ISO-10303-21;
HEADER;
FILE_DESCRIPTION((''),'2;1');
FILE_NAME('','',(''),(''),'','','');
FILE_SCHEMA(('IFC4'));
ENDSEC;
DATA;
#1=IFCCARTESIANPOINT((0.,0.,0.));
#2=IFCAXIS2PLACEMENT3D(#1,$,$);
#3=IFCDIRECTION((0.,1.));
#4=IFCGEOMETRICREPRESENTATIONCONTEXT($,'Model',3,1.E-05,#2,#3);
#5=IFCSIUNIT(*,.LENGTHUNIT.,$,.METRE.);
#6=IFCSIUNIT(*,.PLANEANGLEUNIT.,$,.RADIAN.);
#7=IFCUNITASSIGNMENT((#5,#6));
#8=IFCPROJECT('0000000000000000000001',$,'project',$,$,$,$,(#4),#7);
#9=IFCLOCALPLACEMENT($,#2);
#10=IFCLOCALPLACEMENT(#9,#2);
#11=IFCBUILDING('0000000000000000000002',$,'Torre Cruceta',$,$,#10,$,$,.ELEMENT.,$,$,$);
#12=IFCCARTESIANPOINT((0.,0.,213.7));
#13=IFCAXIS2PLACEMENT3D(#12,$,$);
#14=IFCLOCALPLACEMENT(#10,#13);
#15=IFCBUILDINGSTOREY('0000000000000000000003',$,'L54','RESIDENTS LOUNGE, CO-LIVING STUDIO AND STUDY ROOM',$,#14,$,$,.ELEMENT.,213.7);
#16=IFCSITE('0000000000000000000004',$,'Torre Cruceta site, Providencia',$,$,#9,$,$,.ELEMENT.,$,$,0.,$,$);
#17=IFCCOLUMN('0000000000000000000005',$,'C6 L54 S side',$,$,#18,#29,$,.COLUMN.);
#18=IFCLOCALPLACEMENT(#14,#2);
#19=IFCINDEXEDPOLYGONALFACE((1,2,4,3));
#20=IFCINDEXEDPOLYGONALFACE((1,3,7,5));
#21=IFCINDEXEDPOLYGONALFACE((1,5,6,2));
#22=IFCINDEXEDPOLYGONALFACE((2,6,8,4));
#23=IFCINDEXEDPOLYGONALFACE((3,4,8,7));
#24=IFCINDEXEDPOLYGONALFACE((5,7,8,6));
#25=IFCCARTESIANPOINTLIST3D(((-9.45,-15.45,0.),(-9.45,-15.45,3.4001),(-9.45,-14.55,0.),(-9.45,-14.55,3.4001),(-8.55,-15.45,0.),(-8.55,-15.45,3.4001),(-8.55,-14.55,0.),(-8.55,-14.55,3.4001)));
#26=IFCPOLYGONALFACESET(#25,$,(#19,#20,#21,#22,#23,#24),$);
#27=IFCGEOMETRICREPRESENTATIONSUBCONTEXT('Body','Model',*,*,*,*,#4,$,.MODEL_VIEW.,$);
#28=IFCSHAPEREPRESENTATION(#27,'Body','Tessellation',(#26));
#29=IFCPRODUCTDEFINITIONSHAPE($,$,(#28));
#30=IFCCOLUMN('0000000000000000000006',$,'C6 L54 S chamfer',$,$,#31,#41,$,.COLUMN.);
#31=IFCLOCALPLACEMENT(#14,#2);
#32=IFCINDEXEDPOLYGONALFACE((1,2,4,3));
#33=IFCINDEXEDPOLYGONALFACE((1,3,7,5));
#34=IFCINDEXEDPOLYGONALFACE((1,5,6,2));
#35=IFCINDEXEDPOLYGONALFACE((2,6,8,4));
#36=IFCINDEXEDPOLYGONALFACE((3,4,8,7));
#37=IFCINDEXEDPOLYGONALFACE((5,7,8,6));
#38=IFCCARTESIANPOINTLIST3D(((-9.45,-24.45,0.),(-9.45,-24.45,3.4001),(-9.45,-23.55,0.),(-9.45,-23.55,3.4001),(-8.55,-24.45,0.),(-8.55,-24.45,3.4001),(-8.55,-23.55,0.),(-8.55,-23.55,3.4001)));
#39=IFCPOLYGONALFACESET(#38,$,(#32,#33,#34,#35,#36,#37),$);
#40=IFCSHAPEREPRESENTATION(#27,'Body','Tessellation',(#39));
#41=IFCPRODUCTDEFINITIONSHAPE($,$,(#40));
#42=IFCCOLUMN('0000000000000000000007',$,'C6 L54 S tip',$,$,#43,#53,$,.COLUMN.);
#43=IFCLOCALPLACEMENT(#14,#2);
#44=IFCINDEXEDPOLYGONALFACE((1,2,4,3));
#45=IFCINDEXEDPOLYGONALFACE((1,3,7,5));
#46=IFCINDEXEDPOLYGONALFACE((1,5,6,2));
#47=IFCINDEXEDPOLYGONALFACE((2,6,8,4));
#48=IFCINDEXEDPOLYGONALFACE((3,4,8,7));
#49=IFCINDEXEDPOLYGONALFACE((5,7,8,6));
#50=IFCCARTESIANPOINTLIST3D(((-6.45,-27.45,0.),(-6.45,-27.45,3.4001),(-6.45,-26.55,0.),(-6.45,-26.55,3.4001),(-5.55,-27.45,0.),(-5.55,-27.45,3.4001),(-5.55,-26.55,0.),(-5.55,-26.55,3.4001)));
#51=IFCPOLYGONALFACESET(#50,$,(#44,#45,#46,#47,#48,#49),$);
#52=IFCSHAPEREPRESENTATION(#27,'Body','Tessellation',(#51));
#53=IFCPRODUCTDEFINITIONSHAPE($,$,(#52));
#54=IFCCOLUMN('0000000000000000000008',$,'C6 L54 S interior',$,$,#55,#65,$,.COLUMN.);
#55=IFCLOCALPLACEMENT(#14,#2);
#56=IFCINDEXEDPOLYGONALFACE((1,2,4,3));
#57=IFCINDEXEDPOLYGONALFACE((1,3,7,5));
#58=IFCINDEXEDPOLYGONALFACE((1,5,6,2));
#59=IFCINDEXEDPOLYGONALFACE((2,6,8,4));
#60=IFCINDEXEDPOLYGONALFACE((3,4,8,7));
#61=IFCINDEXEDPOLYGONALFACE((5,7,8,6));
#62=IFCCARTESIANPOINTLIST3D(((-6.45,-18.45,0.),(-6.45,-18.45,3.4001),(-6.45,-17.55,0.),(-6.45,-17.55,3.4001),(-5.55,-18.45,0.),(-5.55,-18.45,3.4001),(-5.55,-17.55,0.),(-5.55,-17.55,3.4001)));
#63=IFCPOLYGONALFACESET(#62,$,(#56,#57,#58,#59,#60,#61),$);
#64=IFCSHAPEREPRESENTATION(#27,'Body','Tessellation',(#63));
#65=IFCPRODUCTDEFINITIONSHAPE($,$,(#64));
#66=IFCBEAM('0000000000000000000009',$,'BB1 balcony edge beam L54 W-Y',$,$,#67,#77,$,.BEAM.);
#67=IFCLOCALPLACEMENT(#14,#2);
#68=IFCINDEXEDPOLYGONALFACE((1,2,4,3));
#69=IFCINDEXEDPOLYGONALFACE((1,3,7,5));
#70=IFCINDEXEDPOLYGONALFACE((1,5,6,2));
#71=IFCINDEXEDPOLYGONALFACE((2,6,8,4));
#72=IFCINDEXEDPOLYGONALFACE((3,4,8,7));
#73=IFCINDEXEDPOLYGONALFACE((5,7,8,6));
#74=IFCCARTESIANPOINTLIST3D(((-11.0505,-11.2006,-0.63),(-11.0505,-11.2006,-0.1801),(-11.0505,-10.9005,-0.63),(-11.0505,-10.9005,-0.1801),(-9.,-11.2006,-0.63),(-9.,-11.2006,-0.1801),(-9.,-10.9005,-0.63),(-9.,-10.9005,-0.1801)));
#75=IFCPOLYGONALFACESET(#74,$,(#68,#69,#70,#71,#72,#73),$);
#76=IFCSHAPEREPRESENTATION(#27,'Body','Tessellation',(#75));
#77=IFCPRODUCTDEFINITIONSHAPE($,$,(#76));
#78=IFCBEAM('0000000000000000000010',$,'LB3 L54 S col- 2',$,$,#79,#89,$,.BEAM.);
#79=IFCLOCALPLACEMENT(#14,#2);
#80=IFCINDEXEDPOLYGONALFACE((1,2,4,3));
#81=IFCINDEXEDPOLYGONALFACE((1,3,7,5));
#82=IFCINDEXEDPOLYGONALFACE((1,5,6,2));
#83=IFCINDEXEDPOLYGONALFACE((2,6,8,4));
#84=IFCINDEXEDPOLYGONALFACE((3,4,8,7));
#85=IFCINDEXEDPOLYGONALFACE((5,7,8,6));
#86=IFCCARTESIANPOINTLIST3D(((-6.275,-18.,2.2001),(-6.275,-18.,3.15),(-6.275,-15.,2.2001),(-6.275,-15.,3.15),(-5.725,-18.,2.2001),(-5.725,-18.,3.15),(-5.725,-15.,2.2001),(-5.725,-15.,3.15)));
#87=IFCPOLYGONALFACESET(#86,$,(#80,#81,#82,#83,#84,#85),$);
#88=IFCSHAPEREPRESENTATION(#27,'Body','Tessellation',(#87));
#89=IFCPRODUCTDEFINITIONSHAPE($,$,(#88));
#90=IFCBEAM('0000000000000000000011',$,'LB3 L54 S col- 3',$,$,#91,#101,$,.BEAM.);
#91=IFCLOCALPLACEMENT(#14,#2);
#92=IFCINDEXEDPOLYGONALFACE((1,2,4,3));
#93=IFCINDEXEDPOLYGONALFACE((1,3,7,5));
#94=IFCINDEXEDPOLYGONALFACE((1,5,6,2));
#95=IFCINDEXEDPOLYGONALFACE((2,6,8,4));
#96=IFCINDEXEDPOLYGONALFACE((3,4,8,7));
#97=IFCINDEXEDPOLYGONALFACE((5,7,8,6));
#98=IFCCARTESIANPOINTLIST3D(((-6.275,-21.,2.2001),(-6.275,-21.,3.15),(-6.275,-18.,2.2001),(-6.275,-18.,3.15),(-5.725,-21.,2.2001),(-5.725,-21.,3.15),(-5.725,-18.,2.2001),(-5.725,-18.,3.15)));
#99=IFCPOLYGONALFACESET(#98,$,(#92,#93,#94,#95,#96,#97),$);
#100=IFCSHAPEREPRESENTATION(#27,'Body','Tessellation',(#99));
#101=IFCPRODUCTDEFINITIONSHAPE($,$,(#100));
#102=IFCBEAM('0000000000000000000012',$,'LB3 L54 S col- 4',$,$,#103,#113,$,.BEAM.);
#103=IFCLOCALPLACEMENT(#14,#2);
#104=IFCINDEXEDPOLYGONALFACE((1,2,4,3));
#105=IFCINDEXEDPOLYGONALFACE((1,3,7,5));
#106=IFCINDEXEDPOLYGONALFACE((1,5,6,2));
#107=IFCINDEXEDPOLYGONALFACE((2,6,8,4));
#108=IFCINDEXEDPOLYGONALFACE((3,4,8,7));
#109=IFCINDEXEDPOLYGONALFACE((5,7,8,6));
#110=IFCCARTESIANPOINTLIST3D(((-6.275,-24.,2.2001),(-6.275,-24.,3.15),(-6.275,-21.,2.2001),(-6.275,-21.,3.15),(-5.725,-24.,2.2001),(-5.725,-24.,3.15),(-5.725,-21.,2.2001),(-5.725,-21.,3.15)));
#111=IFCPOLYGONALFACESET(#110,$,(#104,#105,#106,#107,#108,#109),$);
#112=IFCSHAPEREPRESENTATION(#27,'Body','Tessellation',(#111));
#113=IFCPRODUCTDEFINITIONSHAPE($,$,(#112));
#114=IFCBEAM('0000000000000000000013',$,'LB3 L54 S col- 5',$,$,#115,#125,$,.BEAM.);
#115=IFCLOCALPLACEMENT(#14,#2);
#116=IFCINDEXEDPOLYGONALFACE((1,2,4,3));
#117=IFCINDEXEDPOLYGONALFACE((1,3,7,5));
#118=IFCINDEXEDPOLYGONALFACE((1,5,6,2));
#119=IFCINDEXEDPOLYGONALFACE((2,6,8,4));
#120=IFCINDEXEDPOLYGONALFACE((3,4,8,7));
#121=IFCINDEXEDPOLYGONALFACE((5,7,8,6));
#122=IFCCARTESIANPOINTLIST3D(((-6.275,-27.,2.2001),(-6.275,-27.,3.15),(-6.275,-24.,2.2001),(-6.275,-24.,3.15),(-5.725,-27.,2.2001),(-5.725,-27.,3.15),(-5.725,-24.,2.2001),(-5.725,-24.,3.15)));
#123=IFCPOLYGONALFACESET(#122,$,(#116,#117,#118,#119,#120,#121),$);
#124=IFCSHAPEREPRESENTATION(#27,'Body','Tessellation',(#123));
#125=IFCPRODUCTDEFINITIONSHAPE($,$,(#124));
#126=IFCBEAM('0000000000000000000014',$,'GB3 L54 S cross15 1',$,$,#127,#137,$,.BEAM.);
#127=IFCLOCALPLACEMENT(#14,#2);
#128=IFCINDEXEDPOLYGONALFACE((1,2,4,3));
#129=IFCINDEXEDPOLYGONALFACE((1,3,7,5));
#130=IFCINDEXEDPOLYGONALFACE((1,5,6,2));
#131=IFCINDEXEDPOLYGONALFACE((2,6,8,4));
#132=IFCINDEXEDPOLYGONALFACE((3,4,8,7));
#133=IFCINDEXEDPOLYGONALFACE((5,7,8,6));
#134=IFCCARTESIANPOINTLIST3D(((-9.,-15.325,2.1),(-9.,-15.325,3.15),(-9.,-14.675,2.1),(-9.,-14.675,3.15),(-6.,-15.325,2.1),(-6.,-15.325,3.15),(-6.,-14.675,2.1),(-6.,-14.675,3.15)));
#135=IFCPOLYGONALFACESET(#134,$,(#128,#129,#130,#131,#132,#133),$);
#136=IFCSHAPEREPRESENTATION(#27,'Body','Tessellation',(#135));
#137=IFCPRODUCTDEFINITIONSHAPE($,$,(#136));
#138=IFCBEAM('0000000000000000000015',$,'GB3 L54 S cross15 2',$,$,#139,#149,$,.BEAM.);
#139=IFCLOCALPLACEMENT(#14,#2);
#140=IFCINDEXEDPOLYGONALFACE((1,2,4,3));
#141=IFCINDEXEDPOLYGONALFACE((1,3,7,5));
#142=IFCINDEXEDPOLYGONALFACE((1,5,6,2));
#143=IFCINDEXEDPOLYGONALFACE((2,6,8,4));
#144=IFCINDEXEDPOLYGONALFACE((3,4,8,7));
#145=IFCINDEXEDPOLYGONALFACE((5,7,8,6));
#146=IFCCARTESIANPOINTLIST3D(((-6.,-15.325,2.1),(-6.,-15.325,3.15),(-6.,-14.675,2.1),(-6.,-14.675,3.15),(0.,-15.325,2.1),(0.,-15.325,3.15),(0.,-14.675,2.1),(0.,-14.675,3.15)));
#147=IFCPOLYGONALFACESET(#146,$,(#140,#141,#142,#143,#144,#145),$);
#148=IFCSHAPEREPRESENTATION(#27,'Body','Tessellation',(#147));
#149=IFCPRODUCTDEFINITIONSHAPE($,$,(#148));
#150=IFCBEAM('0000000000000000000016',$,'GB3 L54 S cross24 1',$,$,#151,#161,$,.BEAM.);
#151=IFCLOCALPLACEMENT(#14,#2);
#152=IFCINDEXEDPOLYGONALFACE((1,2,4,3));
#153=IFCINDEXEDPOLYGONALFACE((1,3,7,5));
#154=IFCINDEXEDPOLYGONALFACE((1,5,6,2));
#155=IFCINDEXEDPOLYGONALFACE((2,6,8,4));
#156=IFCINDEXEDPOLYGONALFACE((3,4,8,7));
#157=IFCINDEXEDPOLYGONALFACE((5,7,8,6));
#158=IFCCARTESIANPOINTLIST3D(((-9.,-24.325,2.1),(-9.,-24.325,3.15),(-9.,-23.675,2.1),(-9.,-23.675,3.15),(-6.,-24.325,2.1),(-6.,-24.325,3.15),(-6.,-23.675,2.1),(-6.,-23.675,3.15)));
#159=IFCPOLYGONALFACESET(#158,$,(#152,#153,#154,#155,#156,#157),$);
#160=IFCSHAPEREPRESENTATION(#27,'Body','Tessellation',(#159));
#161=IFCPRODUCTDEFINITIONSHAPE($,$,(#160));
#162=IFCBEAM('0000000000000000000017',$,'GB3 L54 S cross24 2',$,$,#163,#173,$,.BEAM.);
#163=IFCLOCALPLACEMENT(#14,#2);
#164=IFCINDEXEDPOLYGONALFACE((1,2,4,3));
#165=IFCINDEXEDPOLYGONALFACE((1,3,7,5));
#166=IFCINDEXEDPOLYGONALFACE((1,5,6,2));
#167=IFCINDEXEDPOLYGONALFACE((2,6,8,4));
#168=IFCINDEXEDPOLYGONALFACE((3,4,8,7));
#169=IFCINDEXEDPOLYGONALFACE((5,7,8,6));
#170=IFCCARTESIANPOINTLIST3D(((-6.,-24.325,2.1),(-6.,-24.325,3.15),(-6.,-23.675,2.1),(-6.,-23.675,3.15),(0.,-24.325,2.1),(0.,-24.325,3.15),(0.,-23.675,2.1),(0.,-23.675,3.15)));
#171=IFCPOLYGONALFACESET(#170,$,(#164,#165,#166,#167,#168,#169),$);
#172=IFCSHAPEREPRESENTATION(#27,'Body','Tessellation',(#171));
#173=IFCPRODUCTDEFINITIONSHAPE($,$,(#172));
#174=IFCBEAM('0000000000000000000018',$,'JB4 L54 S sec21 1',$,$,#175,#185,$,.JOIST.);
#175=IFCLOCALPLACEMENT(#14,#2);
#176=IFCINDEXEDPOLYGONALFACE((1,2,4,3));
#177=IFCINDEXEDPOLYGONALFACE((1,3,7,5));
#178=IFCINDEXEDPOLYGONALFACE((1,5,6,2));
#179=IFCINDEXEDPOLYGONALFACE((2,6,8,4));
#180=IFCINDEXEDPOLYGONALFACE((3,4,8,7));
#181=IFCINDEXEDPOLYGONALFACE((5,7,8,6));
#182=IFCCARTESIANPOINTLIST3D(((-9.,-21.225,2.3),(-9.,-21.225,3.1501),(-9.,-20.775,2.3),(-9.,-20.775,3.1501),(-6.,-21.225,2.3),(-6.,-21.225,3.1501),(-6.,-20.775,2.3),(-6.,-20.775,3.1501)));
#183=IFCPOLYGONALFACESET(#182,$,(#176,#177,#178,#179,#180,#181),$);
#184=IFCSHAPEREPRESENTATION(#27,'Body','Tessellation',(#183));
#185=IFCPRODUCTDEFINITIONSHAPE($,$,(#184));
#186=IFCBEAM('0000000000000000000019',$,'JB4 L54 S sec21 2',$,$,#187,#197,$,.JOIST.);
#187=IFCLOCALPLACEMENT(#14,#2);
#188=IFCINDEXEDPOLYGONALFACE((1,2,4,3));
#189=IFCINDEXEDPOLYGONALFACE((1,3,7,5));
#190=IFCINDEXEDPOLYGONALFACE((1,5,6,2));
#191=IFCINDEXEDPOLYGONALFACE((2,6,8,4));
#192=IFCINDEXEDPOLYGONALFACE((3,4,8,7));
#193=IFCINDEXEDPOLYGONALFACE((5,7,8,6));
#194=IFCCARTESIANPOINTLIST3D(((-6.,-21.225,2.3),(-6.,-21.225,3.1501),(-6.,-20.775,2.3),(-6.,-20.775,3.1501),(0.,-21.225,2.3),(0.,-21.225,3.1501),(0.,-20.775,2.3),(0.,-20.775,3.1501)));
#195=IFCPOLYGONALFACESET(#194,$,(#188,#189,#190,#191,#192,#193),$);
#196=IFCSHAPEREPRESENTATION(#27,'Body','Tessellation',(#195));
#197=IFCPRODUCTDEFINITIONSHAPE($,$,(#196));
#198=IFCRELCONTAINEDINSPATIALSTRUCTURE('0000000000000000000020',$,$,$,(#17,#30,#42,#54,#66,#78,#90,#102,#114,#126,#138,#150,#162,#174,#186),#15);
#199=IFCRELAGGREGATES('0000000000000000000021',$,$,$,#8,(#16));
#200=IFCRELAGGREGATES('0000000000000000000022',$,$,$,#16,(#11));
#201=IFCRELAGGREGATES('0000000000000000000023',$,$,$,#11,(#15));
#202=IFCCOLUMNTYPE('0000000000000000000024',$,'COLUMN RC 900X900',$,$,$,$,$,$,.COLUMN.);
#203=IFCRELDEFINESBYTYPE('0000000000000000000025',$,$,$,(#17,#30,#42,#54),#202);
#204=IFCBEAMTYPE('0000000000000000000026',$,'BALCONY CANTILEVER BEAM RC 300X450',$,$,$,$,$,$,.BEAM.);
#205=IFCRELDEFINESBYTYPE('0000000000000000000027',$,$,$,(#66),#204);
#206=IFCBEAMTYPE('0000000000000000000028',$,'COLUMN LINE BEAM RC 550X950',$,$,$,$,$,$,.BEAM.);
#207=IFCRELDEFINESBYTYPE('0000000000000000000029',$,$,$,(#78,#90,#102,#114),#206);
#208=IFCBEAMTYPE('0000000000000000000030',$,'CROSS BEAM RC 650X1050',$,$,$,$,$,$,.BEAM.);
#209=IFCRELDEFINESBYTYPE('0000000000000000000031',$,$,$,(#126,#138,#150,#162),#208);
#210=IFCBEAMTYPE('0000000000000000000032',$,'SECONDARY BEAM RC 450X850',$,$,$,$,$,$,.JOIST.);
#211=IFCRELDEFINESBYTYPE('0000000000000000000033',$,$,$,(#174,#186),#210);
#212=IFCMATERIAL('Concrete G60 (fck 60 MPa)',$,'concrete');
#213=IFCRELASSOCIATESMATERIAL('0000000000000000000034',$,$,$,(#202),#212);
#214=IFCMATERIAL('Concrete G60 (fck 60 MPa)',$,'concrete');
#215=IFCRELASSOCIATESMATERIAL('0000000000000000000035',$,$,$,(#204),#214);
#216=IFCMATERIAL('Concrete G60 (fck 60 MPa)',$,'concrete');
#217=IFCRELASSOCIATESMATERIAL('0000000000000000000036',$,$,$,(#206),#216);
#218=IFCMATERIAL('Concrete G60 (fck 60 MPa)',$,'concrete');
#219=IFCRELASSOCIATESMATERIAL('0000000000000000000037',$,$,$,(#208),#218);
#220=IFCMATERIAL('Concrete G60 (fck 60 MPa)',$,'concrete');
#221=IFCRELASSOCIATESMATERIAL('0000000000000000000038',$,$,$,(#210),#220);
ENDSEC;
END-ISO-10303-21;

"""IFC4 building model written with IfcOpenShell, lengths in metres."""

from ifc_helpers import new_model, si_unit, direction, frame, origin, origin_2d, place, context, subcontext, project, spatial, rectangle, extrude, material, material_profile, profile_set, type_object, element, save


model = new_model("IFC4")

# Units and contexts
model_context = context("Model", 3, precision=1e-05, world=origin(), true_north=direction((0.0, 1.0)))
body_context = subcontext(model_context, "Body", "Model", "MODEL_VIEW")
ifc_project = project(units=[si_unit("LENGTHUNIT", "METRE"), si_unit("PLANEANGLEUNIT", "RADIAN")], contexts=[model_context])

# Site, building, storey
site_placement = place(None, origin())
site = spatial("IfcSite", under=ifc_project, at=site_placement, Name="Torre Cruceta site, Providencia", CompositionType="ELEMENT", RefElevation=0.0)
building_placement = place(site_placement, origin())
building = spatial("IfcBuilding", under=site, at=building_placement, Name="Torre Cruceta", CompositionType="ELEMENT")
storey_placement = place(building_placement, frame((0.0, 0.0, 213.7)))
storey = spatial("IfcBuildingStorey", under=building, at=storey_placement, Name="L54", Description="RESIDENTS LOUNGE, CO-LIVING STUDIO AND STUDY ROOM", CompositionType="ELEMENT", Elevation=213.7)

# Columns
ifc_material_1 = material(Name="Concrete G60 (fck 60 MPa)", Category="concrete")
ifc_material_profile_1 = material_profile(ifc_material_1, rectangle(XDim=0.8999, YDim=0.8999, at=origin_2d()), Name="RC 900X900")
ifc_profile_set_1 = profile_set([ifc_material_profile_1], Name="Concrete G60 (fck 60 MPa)")
column_type = type_object("IfcColumnType", Name="COLUMN RC 900X900", PredefinedType="COLUMN", material=ifc_profile_set_1)
for number, where, z_axis, x_axis, name in (
    (1, (-9.0, -15.0, 0.0), (0.0, 0.0, 1.0), (1.0, 0.0, 0.0), "C6 L54 S side"),
    (2, (-9.0, -24.0, 0.0), (0.0, 0.0, 1.0), (1.0, 0.0, 0.0), "C6 L54 S chamfer"),
    (3, (-6.0, -27.0, 0.0), (0.0, 0.0, 1.0), (1.0, 0.0, 0.0), "C6 L54 S tip"),
    (4, (-6.0, -18.0, 0.0), (0.0, 0.0, 1.0), (1.0, 0.0, 0.0), "C6 L54 S interior"),
):
    element("IfcColumn", number, at=place(storey_placement, frame(where, z_axis=z_axis, x_axis=x_axis)), inside=storey, type_object=column_type, Name=name, PredefinedType="COLUMN", context=body_context, shape_type="SweptSolid", body=[
        extrude(rectangle(XDim=0.8999, YDim=0.8999, at=origin_2d()), origin(), (0.0, 0.0, 1.0), 3.4001),
    ])

# Beams
ifc_material_2 = material(Name="Concrete G60 (fck 60 MPa)", Category="concrete")
ifc_material_profile_2 = material_profile(ifc_material_2, rectangle(XDim=0.3, YDim=0.45, at=origin_2d()), Name="RC 300X450")
ifc_profile_set_2 = profile_set([ifc_material_profile_2], Name="Concrete G60 (fck 60 MPa)")
beam_type_1 = type_object("IfcBeamType", Name="BALCONY CANTILEVER BEAM RC 300X450", PredefinedType="BEAM", material=ifc_profile_set_2)
beam_1_placement = place(storey_placement, frame((-9.0, -11.0505, -0.405), z_axis=(-1.0, 0.0, 0.0), x_axis=(0.0, -1.0, 0.0)))
element("IfcBeam", 5, at=beam_1_placement, inside=storey, type_object=beam_type_1, Name="BB1 balcony edge beam L54 W-Y", PredefinedType="BEAM", context=body_context, shape_type="SweptSolid", body=[
    extrude(rectangle(XDim=0.3, YDim=0.45, at=origin_2d()), origin(), (0.0, 0.0, 1.0), 2.0505),
])
ifc_material_3 = material(Name="Concrete G60 (fck 60 MPa)", Category="concrete")
ifc_material_profile_3 = material_profile(ifc_material_3, rectangle(XDim=0.55, YDim=0.95, at=origin_2d()), Name="RC 550X950")
ifc_profile_set_3 = profile_set([ifc_material_profile_3], Name="Concrete G60 (fck 60 MPa)")
beam_type_2 = type_object("IfcBeamType", Name="COLUMN LINE BEAM RC 550X950", PredefinedType="BEAM", material=ifc_profile_set_3)
for number, where, z_axis, x_axis, name in (
    (6, (-6.0, -15.0, 2.675), (0.0, -1.0, 0.0), (1.0, 0.0, 0.0), "LB3 L54 S col- 2"),
    (7, (-6.0, -18.0, 2.675), (0.0, -1.0, 0.0), (1.0, 0.0, 0.0), "LB3 L54 S col- 3"),
    (8, (-6.0, -21.0, 2.675), (0.0, -1.0, 0.0), (1.0, 0.0, 0.0), "LB3 L54 S col- 4"),
    (9, (-6.0, -24.0, 2.675), (0.0, -1.0, 0.0), (1.0, 0.0, 0.0), "LB3 L54 S col- 5"),
):
    element("IfcBeam", number, at=place(storey_placement, frame(where, z_axis=z_axis, x_axis=x_axis)), inside=storey, type_object=beam_type_2, Name=name, PredefinedType="BEAM", context=body_context, shape_type="SweptSolid", body=[
        extrude(rectangle(XDim=0.55, YDim=0.95, at=origin_2d()), origin(), (0.0, 0.0, 1.0), 3.0),
    ])
ifc_material_4 = material(Name="Concrete G60 (fck 60 MPa)", Category="concrete")
ifc_material_profile_4 = material_profile(ifc_material_4, rectangle(XDim=0.6499, YDim=1.05, at=origin_2d()), Name="RC 650X1050")
ifc_profile_set_4 = profile_set([ifc_material_profile_4], Name="Concrete G60 (fck 60 MPa)")
beam_type_3 = type_object("IfcBeamType", Name="CROSS BEAM RC 650X1050", PredefinedType="BEAM", material=ifc_profile_set_4)
beam_2_placement = place(storey_placement, frame((-9.0, -15.0, 2.625), z_axis=(1.0, 0.0, 0.0), x_axis=(0.0, 1.0, 0.0)))
element("IfcBeam", 10, at=beam_2_placement, inside=storey, type_object=beam_type_3, Name="GB3 L54 S cross15 1", PredefinedType="BEAM", context=body_context, shape_type="SweptSolid", body=[
    extrude(rectangle(XDim=0.6499, YDim=1.05, at=origin_2d()), origin(), (0.0, 0.0, 1.0), 3.0),
])
beam_3_placement = place(storey_placement, frame((-6.0, -15.0, 2.625), z_axis=(1.0, 0.0, 0.0), x_axis=(0.0, 1.0, 0.0)))
element("IfcBeam", 11, at=beam_3_placement, inside=storey, type_object=beam_type_3, Name="GB3 L54 S cross15 2", PredefinedType="BEAM", context=body_context, shape_type="SweptSolid", body=[
    extrude(rectangle(XDim=0.6499, YDim=1.05, at=origin_2d()), origin(), (0.0, 0.0, 1.0), 6.0),
])
beam_4_placement = place(storey_placement, frame((-9.0, -24.0, 2.625), z_axis=(1.0, 0.0, 0.0), x_axis=(0.0, 1.0, 0.0)))
element("IfcBeam", 12, at=beam_4_placement, inside=storey, type_object=beam_type_3, Name="GB3 L54 S cross24 1", PredefinedType="BEAM", context=body_context, shape_type="SweptSolid", body=[
    extrude(rectangle(XDim=0.6499, YDim=1.05, at=origin_2d()), origin(), (0.0, 0.0, 1.0), 3.0),
])
beam_5_placement = place(storey_placement, frame((-6.0, -24.0, 2.625), z_axis=(1.0, 0.0, 0.0), x_axis=(0.0, 1.0, 0.0)))
element("IfcBeam", 13, at=beam_5_placement, inside=storey, type_object=beam_type_3, Name="GB3 L54 S cross24 2", PredefinedType="BEAM", context=body_context, shape_type="SweptSolid", body=[
    extrude(rectangle(XDim=0.6499, YDim=1.05, at=origin_2d()), origin(), (0.0, 0.0, 1.0), 6.0),
])
ifc_material_5 = material(Name="Concrete G60 (fck 60 MPa)", Category="concrete")
ifc_material_profile_5 = material_profile(ifc_material_5, rectangle(XDim=0.45, YDim=0.8501, at=origin_2d()), Name="RC 450X850")
ifc_profile_set_5 = profile_set([ifc_material_profile_5], Name="Concrete G60 (fck 60 MPa)")
beam_type_4 = type_object("IfcBeamType", Name="SECONDARY BEAM RC 450X850", PredefinedType="JOIST", material=ifc_profile_set_5)
beam_6_placement = place(storey_placement, frame((-9.0, -21.0, 2.7251), z_axis=(1.0, 0.0, 0.0), x_axis=(0.0, 1.0, 0.0)))
element("IfcBeam", 14, at=beam_6_placement, inside=storey, type_object=beam_type_4, Name="JB4 L54 S sec21 1", PredefinedType="JOIST", context=body_context, shape_type="SweptSolid", body=[
    extrude(rectangle(XDim=0.45, YDim=0.8501, at=origin_2d()), origin(), (0.0, 0.0, 1.0), 3.0),
])
beam_7_placement = place(storey_placement, frame((-6.0, -21.0, 2.7251), z_axis=(1.0, 0.0, 0.0), x_axis=(0.0, 1.0, 0.0)))
element("IfcBeam", 15, at=beam_7_placement, inside=storey, type_object=beam_type_4, Name="JB4 L54 S sec21 2", PredefinedType="JOIST", context=body_context, shape_type="SweptSolid", body=[
    extrude(rectangle(XDim=0.45, YDim=0.8501, at=origin_2d()), origin(), (0.0, 0.0, 1.0), 6.0),
])

save(model, "model.ifc")
